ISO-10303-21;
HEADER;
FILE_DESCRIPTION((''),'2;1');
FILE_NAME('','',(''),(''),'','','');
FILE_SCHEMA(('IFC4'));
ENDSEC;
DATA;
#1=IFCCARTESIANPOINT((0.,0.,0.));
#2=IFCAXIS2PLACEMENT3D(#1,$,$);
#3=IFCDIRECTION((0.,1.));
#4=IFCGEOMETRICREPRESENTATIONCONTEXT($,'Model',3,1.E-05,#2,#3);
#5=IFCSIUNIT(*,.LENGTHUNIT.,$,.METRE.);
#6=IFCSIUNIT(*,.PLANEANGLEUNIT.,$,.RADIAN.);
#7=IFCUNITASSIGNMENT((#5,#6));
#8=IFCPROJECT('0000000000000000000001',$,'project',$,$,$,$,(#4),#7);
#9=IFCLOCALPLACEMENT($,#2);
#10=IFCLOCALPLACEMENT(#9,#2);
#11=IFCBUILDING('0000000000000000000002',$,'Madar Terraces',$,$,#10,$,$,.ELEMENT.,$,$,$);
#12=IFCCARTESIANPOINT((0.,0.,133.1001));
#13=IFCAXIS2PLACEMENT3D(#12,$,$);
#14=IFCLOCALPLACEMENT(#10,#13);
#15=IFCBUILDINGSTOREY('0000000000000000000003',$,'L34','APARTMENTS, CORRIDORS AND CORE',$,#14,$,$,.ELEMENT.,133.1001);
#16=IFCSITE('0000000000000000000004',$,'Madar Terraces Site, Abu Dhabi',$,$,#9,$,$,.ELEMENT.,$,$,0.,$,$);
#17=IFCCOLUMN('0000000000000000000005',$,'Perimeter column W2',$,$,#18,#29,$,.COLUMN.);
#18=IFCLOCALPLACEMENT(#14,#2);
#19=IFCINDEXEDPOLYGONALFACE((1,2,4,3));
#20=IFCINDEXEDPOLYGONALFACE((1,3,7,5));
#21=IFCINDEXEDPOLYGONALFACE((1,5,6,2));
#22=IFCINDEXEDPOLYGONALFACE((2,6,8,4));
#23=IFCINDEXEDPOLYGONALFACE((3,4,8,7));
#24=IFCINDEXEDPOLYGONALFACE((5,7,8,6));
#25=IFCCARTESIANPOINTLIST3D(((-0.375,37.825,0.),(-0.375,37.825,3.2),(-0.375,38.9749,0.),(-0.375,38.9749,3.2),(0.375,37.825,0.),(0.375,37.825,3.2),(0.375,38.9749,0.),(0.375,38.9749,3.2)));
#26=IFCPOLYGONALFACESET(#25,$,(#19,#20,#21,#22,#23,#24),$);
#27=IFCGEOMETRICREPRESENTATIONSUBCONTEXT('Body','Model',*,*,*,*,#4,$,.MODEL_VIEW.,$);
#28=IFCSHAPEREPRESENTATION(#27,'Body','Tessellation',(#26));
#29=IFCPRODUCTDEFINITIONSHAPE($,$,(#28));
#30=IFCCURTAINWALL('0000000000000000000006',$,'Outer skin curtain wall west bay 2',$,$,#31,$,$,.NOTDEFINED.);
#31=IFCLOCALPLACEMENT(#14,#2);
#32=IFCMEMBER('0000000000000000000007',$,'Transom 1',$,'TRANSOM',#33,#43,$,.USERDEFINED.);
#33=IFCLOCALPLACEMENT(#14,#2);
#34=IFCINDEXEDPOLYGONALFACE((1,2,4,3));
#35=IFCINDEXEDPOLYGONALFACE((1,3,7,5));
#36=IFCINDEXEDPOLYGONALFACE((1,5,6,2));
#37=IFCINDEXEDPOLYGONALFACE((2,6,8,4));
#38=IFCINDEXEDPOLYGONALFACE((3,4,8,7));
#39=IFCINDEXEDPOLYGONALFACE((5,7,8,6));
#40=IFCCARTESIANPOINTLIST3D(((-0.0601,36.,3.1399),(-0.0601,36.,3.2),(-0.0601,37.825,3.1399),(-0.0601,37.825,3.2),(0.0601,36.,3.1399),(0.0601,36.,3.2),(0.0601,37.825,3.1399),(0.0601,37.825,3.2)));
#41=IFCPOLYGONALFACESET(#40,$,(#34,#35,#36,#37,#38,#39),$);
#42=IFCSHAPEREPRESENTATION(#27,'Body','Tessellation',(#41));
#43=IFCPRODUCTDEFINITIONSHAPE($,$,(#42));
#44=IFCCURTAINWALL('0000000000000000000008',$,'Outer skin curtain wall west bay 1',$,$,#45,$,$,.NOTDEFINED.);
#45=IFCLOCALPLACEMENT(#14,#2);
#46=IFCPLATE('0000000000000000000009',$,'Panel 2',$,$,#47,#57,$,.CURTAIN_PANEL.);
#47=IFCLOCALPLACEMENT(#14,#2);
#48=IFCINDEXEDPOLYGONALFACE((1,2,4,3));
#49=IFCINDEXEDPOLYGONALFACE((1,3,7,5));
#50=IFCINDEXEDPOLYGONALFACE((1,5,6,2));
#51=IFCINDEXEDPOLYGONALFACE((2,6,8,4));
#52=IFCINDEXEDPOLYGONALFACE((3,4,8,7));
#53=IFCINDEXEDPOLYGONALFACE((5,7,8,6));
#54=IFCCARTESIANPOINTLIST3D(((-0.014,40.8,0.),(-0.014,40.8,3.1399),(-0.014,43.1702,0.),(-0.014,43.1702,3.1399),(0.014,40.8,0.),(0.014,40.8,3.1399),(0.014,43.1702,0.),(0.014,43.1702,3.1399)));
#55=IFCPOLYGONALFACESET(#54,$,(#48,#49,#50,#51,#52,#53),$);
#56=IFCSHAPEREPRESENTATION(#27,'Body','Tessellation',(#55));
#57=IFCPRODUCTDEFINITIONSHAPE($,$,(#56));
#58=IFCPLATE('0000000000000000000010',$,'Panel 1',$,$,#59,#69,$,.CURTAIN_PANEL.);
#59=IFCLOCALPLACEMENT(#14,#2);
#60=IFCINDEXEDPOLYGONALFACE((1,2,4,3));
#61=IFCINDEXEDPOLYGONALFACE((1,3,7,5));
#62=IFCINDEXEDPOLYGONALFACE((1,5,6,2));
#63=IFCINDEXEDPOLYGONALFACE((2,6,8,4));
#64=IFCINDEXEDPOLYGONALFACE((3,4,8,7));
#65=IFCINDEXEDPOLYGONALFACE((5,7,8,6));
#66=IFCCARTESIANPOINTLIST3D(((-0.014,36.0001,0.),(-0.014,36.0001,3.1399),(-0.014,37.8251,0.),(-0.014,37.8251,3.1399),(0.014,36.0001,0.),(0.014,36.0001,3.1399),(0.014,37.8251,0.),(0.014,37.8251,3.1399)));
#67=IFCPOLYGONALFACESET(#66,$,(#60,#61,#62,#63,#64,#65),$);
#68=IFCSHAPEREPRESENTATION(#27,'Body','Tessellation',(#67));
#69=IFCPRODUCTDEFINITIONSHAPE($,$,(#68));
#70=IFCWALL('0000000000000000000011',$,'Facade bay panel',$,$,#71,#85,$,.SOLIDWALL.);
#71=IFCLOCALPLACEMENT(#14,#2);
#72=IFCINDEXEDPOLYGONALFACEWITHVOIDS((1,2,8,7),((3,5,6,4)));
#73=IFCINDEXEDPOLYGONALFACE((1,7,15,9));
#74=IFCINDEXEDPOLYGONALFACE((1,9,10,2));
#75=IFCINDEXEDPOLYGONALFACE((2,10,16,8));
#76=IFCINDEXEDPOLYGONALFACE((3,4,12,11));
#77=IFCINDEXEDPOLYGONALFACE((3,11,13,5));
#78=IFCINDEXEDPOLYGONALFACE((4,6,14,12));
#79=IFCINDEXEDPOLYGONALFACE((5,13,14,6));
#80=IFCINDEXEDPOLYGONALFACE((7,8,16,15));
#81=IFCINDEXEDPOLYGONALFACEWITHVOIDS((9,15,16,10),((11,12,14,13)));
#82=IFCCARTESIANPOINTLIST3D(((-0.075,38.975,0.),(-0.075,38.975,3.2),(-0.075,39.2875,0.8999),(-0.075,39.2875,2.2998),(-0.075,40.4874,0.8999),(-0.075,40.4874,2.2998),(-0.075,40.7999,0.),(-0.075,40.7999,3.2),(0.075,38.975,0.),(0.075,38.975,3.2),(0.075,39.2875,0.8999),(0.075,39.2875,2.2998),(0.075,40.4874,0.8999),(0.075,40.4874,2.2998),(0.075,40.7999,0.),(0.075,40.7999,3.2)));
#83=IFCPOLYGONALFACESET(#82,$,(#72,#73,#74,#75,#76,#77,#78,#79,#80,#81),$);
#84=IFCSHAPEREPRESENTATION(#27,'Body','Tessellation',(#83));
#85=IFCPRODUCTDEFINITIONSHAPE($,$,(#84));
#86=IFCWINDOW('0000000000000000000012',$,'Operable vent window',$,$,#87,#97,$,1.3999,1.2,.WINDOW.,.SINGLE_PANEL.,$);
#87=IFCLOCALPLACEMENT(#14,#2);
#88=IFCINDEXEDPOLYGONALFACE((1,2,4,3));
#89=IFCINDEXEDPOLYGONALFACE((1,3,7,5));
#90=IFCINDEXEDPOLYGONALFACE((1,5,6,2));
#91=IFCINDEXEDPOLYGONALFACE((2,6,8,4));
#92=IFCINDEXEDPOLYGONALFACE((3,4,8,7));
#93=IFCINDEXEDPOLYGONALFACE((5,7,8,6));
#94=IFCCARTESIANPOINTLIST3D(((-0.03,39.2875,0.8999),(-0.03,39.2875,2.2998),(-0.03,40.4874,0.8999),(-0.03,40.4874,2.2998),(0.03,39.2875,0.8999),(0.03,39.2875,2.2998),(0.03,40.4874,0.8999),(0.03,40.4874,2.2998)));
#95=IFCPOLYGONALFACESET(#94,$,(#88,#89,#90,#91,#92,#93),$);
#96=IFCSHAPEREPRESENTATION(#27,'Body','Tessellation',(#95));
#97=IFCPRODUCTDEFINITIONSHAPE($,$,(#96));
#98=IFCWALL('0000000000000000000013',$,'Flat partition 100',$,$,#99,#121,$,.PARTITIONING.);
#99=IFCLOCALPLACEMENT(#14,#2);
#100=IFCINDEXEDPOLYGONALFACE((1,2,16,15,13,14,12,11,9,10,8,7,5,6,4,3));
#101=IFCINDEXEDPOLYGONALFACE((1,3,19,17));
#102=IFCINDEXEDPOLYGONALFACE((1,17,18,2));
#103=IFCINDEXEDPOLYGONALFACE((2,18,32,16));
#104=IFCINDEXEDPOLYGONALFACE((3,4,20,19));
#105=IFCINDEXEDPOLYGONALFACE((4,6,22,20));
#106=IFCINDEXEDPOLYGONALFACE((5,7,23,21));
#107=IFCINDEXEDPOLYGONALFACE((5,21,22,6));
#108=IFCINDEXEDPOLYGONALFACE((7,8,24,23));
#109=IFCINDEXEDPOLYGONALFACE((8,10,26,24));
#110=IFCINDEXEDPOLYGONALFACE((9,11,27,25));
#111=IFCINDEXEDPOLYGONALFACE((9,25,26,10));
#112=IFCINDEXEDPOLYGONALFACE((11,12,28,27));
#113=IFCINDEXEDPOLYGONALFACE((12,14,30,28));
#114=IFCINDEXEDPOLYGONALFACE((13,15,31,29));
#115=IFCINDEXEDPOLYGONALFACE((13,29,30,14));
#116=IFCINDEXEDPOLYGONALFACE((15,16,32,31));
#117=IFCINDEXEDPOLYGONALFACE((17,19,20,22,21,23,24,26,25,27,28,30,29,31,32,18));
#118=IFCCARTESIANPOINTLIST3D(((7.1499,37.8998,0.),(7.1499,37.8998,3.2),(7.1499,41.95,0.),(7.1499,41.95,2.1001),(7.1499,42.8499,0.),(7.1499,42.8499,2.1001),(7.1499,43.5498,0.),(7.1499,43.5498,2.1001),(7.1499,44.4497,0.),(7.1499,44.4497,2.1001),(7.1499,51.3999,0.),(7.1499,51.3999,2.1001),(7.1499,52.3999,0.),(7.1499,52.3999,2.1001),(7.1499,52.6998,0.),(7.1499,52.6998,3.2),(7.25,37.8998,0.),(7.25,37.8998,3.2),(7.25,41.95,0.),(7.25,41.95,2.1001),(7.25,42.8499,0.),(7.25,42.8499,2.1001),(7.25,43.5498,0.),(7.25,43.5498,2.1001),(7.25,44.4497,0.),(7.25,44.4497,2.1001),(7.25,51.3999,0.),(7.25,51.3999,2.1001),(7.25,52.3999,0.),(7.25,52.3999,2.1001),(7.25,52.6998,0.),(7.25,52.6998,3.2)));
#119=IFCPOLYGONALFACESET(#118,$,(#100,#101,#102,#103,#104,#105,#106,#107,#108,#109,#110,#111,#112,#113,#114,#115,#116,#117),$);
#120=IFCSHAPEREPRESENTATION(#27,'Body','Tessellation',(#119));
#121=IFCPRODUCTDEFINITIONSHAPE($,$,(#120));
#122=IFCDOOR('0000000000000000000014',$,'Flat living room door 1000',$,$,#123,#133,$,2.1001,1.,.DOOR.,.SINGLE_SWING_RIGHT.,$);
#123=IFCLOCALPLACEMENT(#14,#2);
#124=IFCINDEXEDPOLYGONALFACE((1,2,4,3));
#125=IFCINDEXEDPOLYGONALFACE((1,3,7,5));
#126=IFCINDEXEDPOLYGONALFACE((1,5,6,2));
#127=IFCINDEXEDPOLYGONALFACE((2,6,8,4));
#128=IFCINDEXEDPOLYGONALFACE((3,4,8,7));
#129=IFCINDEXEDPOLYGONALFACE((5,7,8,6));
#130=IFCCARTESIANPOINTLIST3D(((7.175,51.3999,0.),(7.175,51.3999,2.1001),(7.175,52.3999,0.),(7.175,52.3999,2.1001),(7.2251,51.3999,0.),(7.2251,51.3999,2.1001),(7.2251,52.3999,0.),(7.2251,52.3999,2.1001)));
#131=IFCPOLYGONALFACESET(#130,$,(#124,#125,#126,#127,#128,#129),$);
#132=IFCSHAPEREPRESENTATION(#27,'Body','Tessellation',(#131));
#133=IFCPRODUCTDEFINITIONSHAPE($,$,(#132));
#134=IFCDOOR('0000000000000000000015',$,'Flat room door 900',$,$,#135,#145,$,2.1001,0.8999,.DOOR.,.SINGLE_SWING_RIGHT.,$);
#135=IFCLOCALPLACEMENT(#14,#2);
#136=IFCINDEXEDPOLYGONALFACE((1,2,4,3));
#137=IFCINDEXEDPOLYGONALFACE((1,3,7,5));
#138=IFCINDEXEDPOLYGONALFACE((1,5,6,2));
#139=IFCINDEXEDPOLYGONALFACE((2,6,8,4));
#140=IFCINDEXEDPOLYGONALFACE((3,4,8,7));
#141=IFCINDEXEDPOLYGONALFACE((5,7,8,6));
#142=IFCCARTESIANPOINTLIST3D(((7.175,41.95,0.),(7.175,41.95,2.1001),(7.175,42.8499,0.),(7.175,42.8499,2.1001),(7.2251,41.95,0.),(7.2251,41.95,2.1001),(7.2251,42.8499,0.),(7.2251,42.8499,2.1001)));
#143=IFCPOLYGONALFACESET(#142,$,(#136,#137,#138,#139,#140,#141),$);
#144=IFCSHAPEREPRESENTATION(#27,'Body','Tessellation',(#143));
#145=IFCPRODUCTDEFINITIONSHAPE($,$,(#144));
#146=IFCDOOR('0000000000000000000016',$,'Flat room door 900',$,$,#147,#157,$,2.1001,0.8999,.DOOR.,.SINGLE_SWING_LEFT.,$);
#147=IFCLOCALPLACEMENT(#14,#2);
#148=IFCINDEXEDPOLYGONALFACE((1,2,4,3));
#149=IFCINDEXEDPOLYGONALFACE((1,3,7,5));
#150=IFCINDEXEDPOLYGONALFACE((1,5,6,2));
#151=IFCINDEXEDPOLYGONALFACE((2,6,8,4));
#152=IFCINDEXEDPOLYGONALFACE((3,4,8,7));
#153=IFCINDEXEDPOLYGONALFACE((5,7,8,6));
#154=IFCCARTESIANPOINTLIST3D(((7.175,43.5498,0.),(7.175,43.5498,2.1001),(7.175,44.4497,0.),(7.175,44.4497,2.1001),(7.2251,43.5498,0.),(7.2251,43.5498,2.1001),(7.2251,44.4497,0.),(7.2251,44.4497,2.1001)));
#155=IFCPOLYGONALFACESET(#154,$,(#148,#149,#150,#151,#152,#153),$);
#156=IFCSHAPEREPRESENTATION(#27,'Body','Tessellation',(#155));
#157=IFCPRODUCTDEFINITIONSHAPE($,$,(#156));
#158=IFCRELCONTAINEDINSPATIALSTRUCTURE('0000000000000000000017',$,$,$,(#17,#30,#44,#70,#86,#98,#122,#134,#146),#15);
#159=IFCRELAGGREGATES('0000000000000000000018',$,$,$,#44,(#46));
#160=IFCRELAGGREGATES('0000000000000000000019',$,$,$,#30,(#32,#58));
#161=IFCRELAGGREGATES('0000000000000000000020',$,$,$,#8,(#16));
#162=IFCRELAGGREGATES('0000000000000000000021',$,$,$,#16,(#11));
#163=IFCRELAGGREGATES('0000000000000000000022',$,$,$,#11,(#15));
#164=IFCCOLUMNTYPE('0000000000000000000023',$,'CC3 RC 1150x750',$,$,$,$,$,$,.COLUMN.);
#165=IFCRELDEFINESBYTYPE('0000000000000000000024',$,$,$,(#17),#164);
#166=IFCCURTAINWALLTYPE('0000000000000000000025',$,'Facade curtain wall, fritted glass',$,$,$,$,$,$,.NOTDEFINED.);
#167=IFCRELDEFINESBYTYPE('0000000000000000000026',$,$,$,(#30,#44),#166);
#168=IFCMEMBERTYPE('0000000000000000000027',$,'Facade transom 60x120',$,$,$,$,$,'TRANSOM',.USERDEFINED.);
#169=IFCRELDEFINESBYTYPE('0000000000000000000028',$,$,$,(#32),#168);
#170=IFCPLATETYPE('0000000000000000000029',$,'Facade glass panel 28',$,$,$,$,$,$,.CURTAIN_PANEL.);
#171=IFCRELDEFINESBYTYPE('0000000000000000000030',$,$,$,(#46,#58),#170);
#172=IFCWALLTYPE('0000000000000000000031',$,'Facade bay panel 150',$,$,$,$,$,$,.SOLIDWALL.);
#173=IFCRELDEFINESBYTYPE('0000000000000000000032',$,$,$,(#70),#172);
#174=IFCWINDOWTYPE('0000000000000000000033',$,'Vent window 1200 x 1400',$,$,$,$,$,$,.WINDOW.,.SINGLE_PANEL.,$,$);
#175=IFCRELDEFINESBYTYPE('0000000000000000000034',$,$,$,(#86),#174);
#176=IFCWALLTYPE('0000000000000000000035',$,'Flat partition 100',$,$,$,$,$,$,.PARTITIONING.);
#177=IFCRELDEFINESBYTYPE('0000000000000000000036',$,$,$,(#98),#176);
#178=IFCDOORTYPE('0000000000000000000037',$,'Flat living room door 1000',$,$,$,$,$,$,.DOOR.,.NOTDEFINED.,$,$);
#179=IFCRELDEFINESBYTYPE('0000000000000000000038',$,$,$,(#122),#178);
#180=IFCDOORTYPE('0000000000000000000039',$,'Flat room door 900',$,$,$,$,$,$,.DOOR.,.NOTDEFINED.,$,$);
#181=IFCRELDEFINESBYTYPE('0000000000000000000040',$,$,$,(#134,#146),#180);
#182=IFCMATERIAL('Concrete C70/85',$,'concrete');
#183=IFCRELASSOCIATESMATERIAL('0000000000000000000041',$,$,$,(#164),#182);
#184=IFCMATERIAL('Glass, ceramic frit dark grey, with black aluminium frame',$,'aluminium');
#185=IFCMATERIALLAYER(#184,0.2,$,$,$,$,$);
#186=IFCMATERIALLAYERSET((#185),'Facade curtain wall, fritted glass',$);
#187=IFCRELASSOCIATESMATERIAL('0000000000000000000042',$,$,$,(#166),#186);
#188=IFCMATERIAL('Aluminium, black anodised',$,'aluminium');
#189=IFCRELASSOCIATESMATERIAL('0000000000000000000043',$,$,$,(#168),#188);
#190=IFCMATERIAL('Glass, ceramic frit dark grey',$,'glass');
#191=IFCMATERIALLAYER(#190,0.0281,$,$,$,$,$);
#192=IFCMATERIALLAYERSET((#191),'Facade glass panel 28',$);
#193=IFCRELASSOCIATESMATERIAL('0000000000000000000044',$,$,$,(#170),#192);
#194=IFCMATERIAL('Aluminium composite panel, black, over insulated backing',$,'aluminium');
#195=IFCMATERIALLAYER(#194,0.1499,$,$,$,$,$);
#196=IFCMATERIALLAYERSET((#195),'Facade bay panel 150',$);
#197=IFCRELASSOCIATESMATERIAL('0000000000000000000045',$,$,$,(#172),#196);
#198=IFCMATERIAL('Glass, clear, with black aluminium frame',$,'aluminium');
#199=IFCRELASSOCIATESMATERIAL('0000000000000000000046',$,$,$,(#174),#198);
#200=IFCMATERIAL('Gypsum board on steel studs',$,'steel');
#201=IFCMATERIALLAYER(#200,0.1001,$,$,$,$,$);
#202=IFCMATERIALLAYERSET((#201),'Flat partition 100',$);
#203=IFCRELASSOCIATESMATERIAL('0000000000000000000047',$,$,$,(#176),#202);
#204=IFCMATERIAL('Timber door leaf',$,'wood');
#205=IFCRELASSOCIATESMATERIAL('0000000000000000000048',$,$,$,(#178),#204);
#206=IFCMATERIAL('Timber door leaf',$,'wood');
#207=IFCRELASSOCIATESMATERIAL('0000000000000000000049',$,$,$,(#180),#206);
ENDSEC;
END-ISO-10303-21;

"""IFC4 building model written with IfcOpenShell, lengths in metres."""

from ifc_helpers import new_model, si_unit, direction, frame, frame_2d, origin, origin_2d, place, context, subcontext, project, spatial, rectangle, extrude, material, layer, layer_set, material_profile, profile_set, type_object, element, fill, aggregate, save


model = new_model("IFC4")

# Units and contexts
model_context = context("Model", 3, precision=1e-05, world=origin(), true_north=direction((0.0, 1.0)))
body_context = subcontext(model_context, "Body", "Model", "MODEL_VIEW")
ifc_project = project(units=[si_unit("LENGTHUNIT", "METRE"), si_unit("PLANEANGLEUNIT", "RADIAN")], contexts=[model_context])

# Site, building, storey
site_placement = place(None, origin())
site = spatial("IfcSite", under=ifc_project, at=site_placement, Name="Madar Terraces Site, Abu Dhabi", CompositionType="ELEMENT", RefElevation=0.0)
building_placement = place(site_placement, origin())
building = spatial("IfcBuilding", under=site, at=building_placement, Name="Madar Terraces", CompositionType="ELEMENT")
storey_placement = place(building_placement, frame((0.0, 0.0, 133.1001)))
storey = spatial("IfcBuildingStorey", under=building, at=storey_placement, Name="L34", Description="APARTMENTS, CORRIDORS AND CORE", CompositionType="ELEMENT", Elevation=133.1001)

# Column
ifc_material_1 = material(Name="Concrete C70/85", Category="concrete")
ifc_material_profile_1 = material_profile(ifc_material_1, rectangle(XDim=1.1499, YDim=0.75, at=origin_2d()), Name="CC3 RC 1150x750")
ifc_profile_set_1 = profile_set([ifc_material_profile_1], Name="Concrete C70/85")
column_type = type_object("IfcColumnType", Name="CC3 RC 1150x750", PredefinedType="COLUMN", material=ifc_profile_set_1)
column_placement = place(storey_placement, frame((0.0, 38.3999, 0.0), z_axis=(0.0, 0.0, 1.0), x_axis=(0.0, 1.0, 0.0)))
element("IfcColumn", 1, at=column_placement, inside=storey, type_object=column_type, Name="Perimeter column W2", PredefinedType="COLUMN", context=body_context, shape_type="SweptSolid", body=[
    extrude(rectangle(XDim=1.1499, YDim=0.75, at=origin_2d()), origin(), (0.0, 0.0, 1.0), 3.2),
])

# Curtain wall, member
ifc_material_2 = material(Name="Glass, ceramic frit dark grey, with black aluminium frame", Category="aluminium")
ifc_layer_1 = layer(ifc_material_2, 0.2)
ifc_layer_set_1 = layer_set([ifc_layer_1], Name="Facade curtain wall, fritted glass")
curtain_wall_type = type_object("IfcCurtainWallType", Name="Facade curtain wall, fritted glass", PredefinedType="NOTDEFINED", material=ifc_layer_set_1)
curtain_wall_1_placement = place(storey_placement, origin())
curtain_wall_1 = element("IfcCurtainWall", 2, at=curtain_wall_1_placement, inside=storey, type_object=curtain_wall_type, Name="Outer skin curtain wall west bay 2", PredefinedType="NOTDEFINED")
ifc_material_3 = material(Name="Aluminium, black anodised", Category="aluminium")
ifc_material_profile_2 = material_profile(ifc_material_3, rectangle(XDim=0.1201, YDim=0.0601, at=origin_2d()), Name="Facade transom 60x120")
ifc_profile_set_2 = profile_set([ifc_material_profile_2], Name="Aluminium, black anodised")
member_type = type_object("IfcMemberType", Name="Facade transom 60x120", ElementType="TRANSOM", PredefinedType="USERDEFINED", material=ifc_profile_set_2)
member_placement = place(storey_placement, frame((0.0, 37.825, 3.1699), z_axis=(0.0, -1.0, 0.0), x_axis=(1.0, 0.0, 0.0)))
member = element("IfcMember", 3, at=member_placement, type_object=member_type, Name="Transom 1", ObjectType="TRANSOM", PredefinedType="USERDEFINED", context=body_context, shape_type="SweptSolid", body=[
    extrude(rectangle(XDim=0.1201, YDim=0.0601, at=origin_2d()), origin(), (0.0, 0.0, 1.0), 1.825),
])

# Curtain wall, plate
curtain_wall_2_placement = place(storey_placement, origin())
curtain_wall_2 = element("IfcCurtainWall", 4, at=curtain_wall_2_placement, inside=storey, type_object=curtain_wall_type, Name="Outer skin curtain wall west bay 1", PredefinedType="NOTDEFINED")
ifc_material_4 = material(Name="Glass, ceramic frit dark grey", Category="glass")
ifc_layer_2 = layer(ifc_material_4, 0.0281)
ifc_layer_set_2 = layer_set([ifc_layer_2], Name="Facade glass panel 28")
plate_type = type_object("IfcPlateType", Name="Facade glass panel 28", PredefinedType="CURTAIN_PANEL", material=ifc_layer_set_2)
plate_1_placement = place(storey_placement, frame((0.0, 41.9851, 0.0), z_axis=(0.0, 0.0, 1.0), x_axis=(0.0, -1.0, 0.0)))
plate_1 = element("IfcPlate", 5, at=plate_1_placement, type_object=plate_type, Name="Panel 2", PredefinedType="CURTAIN_PANEL", context=body_context, shape_type="SweptSolid", body=[
    extrude(rectangle(XDim=2.3701, YDim=0.0281, at=origin_2d()), origin(), (0.0, 0.0, 1.0), 3.1399),
])
aggregate(curtain_wall_2, [plate_1])

# Plate
plate_2_placement = place(storey_placement, frame((0.0, 36.9126, 0.0), z_axis=(0.0, 0.0, 1.0), x_axis=(0.0, -1.0, 0.0)))
plate_2 = element("IfcPlate", 6, at=plate_2_placement, type_object=plate_type, Name="Panel 1", PredefinedType="CURTAIN_PANEL", context=body_context, shape_type="SweptSolid", body=[
    extrude(rectangle(XDim=1.825, YDim=0.0281, at=origin_2d()), origin(), (0.0, 0.0, 1.0), 3.1399),
])
aggregate(curtain_wall_1, [member, plate_2])

# Wall, opening, window
ifc_material_5 = material(Name="Aluminium composite panel, black, over insulated backing", Category="aluminium")
ifc_layer_3 = layer(ifc_material_5, 0.1499)
ifc_layer_set_3 = layer_set([ifc_layer_3], Name="Facade bay panel 150")
wall_type_1 = type_object("IfcWallType", Name="Facade bay panel 150", PredefinedType="SOLIDWALL", material=ifc_layer_set_3)
wall_1_placement = place(storey_placement, frame((0.0, 40.8, 0.0), z_axis=(0.0, 0.0, 1.0), x_axis=(0.0, -1.0, 0.0)))
wall_1 = element("IfcWall", 7, at=wall_1_placement, inside=storey, type_object=wall_type_1, Name="Facade bay panel", PredefinedType="SOLIDWALL", context=body_context, shape_type="SweptSolid", body=[
    extrude(rectangle(XDim=1.825, YDim=0.1499, at=frame_2d((0.9126, 0.0))), origin(), (0.0, 0.0, 1.0), 3.2),
])
opening_1_placement = place(wall_1_placement, frame((0.3125, 0.0, 0.8999)))
opening_1 = element("IfcOpeningElement", 8, at=opening_1_placement, cuts=wall_1, PredefinedType="OPENING", context=body_context, shape_type="SweptSolid", body=[
    extrude(rectangle(XDim=1.2, YDim=1.3999, at=frame_2d((0.6001, 0.7))), frame((0.0, 0.085, 0.0), z_axis=(0.0, -1.0, 0.0), x_axis=(1.0, 0.0, 0.0)), (0.0, 0.0, 1.0), 0.1699),
])
ifc_material_6 = material(Name="Glass, clear, with black aluminium frame", Category="aluminium")
window_type = type_object("IfcWindowType", Name="Vent window 1200 x 1400", PartitioningType="SINGLE_PANEL", PredefinedType="WINDOW", material=ifc_material_6)
window_placement = place(opening_1_placement, origin())
window = element("IfcWindow", 9, at=window_placement, inside=storey, type_object=window_type, Name="Operable vent window", OverallHeight=1.3999, OverallWidth=1.2, PartitioningType="SINGLE_PANEL", PredefinedType="WINDOW", context=body_context, shape_type="SweptSolid", body=[
    extrude(rectangle(XDim=1.2, YDim=1.3999, at=frame_2d((0.6001, 0.7))), frame((0.0, 0.03, 0.0), z_axis=(0.0, -1.0, 0.0), x_axis=(1.0, 0.0, 0.0)), (0.0, 0.0, 1.0), 0.0601),
])
fill(opening_1, window)

# Wall, openings, doors
ifc_material_7 = material(Name="Gypsum board on steel studs", Category="steel")
ifc_layer_4 = layer(ifc_material_7, 0.1001)
ifc_layer_set_4 = layer_set([ifc_layer_4], Name="Flat partition 100")
wall_type_2 = type_object("IfcWallType", Name="Flat partition 100", PredefinedType="PARTITIONING", material=ifc_layer_set_4)
wall_2_placement = place(storey_placement, frame((7.2, 37.8999, 0.0), z_axis=(0.0, 0.0, 1.0), x_axis=(0.0, 1.0, 0.0)))
wall_2 = element("IfcWall", 10, at=wall_2_placement, inside=storey, type_object=wall_type_2, Name="Flat partition 100", PredefinedType="PARTITIONING", context=body_context, shape_type="SweptSolid", body=[
    extrude(rectangle(XDim=14.8, YDim=0.1001, at=frame_2d((7.3999, 0.0))), origin(), (0.0, 0.0, 1.0), 3.2),
])
opening_2_placement = place(wall_2_placement, frame((4.05, 0.0, 0.0)))
opening_2 = element("IfcOpeningElement", 11, at=opening_2_placement, cuts=wall_2, PredefinedType="OPENING", context=body_context, shape_type="SweptSolid", body=[
    extrude(rectangle(XDim=0.8999, YDim=2.1001, at=frame_2d((0.45, 1.05))), frame((0.0, 0.0601, 0.0), z_axis=(0.0, -1.0, 0.0), x_axis=(1.0, 0.0, 0.0)), (0.0, 0.0, 1.0), 0.1201),
])
opening_3_placement = place(wall_2_placement, frame((5.6499, 0.0, 0.0)))
opening_3 = element("IfcOpeningElement", 12, at=opening_3_placement, cuts=wall_2, PredefinedType="OPENING", context=body_context, shape_type="SweptSolid", body=[
    extrude(rectangle(XDim=0.8999, YDim=2.1001, at=frame_2d((0.45, 1.05))), frame((0.0, 0.0601, 0.0), z_axis=(0.0, -1.0, 0.0), x_axis=(1.0, 0.0, 0.0)), (0.0, 0.0, 1.0), 0.1201),
])
opening_4_placement = place(wall_2_placement, frame((13.5, 0.0, 0.0)))
opening_4 = element("IfcOpeningElement", 13, at=opening_4_placement, cuts=wall_2, PredefinedType="OPENING", context=body_context, shape_type="SweptSolid", body=[
    extrude(rectangle(XDim=1.0, YDim=2.1001, at=frame_2d((0.5, 1.05))), frame((0.0, 0.0601, 0.0), z_axis=(0.0, -1.0, 0.0), x_axis=(1.0, 0.0, 0.0)), (0.0, 0.0, 1.0), 0.1201),
])
ifc_material_8 = material(Name="Timber door leaf", Category="wood")
door_type_1 = type_object("IfcDoorType", Name="Flat living room door 1000", OperationType="NOTDEFINED", PredefinedType="DOOR", material=ifc_material_8)
door_1_placement = place(opening_4_placement, origin())
door_1 = element("IfcDoor", 14, at=door_1_placement, inside=storey, type_object=door_type_1, Name="Flat living room door 1000", OperationType="SINGLE_SWING_RIGHT", OverallHeight=2.1001, OverallWidth=1.0, PredefinedType="DOOR", context=body_context, shape_type="SweptSolid", body=[
    extrude(rectangle(XDim=1.0, YDim=2.1001, at=frame_2d((0.5, 1.05))), frame((0.0, 0.0249, 0.0), z_axis=(0.0, -1.0, 0.0), x_axis=(1.0, 0.0, 0.0)), (0.0, 0.0, 1.0), 0.05),
])
fill(opening_4, door_1)
ifc_material_9 = material(Name="Timber door leaf", Category="wood")
door_type_2 = type_object("IfcDoorType", Name="Flat room door 900", OperationType="NOTDEFINED", PredefinedType="DOOR", material=ifc_material_9)
door_2_placement = place(opening_2_placement, origin())
door_2 = element("IfcDoor", 15, at=door_2_placement, inside=storey, type_object=door_type_2, Name="Flat room door 900", OperationType="SINGLE_SWING_RIGHT", OverallHeight=2.1001, OverallWidth=0.8999, PredefinedType="DOOR", context=body_context, shape_type="SweptSolid", body=[
    extrude(rectangle(XDim=0.8999, YDim=2.1001, at=frame_2d((0.45, 1.05))), frame((0.0, 0.0249, 0.0), z_axis=(0.0, -1.0, 0.0), x_axis=(1.0, 0.0, 0.0)), (0.0, 0.0, 1.0), 0.05),
])
fill(opening_2, door_2)
door_3_placement = place(opening_3_placement, origin())
door_3 = element("IfcDoor", 16, at=door_3_placement, inside=storey, type_object=door_type_2, Name="Flat room door 900", OperationType="SINGLE_SWING_LEFT", OverallHeight=2.1001, OverallWidth=0.8999, PredefinedType="DOOR", context=body_context, shape_type="SweptSolid", body=[
    extrude(rectangle(XDim=0.8999, YDim=2.1001, at=frame_2d((0.45, 1.05))), frame((0.0, 0.0249, 0.0), z_axis=(0.0, -1.0, 0.0), x_axis=(1.0, 0.0, 0.0)), (0.0, 0.0, 1.0), 0.05),
])
fill(opening_3, door_3)

save(model, "model.ifc")
